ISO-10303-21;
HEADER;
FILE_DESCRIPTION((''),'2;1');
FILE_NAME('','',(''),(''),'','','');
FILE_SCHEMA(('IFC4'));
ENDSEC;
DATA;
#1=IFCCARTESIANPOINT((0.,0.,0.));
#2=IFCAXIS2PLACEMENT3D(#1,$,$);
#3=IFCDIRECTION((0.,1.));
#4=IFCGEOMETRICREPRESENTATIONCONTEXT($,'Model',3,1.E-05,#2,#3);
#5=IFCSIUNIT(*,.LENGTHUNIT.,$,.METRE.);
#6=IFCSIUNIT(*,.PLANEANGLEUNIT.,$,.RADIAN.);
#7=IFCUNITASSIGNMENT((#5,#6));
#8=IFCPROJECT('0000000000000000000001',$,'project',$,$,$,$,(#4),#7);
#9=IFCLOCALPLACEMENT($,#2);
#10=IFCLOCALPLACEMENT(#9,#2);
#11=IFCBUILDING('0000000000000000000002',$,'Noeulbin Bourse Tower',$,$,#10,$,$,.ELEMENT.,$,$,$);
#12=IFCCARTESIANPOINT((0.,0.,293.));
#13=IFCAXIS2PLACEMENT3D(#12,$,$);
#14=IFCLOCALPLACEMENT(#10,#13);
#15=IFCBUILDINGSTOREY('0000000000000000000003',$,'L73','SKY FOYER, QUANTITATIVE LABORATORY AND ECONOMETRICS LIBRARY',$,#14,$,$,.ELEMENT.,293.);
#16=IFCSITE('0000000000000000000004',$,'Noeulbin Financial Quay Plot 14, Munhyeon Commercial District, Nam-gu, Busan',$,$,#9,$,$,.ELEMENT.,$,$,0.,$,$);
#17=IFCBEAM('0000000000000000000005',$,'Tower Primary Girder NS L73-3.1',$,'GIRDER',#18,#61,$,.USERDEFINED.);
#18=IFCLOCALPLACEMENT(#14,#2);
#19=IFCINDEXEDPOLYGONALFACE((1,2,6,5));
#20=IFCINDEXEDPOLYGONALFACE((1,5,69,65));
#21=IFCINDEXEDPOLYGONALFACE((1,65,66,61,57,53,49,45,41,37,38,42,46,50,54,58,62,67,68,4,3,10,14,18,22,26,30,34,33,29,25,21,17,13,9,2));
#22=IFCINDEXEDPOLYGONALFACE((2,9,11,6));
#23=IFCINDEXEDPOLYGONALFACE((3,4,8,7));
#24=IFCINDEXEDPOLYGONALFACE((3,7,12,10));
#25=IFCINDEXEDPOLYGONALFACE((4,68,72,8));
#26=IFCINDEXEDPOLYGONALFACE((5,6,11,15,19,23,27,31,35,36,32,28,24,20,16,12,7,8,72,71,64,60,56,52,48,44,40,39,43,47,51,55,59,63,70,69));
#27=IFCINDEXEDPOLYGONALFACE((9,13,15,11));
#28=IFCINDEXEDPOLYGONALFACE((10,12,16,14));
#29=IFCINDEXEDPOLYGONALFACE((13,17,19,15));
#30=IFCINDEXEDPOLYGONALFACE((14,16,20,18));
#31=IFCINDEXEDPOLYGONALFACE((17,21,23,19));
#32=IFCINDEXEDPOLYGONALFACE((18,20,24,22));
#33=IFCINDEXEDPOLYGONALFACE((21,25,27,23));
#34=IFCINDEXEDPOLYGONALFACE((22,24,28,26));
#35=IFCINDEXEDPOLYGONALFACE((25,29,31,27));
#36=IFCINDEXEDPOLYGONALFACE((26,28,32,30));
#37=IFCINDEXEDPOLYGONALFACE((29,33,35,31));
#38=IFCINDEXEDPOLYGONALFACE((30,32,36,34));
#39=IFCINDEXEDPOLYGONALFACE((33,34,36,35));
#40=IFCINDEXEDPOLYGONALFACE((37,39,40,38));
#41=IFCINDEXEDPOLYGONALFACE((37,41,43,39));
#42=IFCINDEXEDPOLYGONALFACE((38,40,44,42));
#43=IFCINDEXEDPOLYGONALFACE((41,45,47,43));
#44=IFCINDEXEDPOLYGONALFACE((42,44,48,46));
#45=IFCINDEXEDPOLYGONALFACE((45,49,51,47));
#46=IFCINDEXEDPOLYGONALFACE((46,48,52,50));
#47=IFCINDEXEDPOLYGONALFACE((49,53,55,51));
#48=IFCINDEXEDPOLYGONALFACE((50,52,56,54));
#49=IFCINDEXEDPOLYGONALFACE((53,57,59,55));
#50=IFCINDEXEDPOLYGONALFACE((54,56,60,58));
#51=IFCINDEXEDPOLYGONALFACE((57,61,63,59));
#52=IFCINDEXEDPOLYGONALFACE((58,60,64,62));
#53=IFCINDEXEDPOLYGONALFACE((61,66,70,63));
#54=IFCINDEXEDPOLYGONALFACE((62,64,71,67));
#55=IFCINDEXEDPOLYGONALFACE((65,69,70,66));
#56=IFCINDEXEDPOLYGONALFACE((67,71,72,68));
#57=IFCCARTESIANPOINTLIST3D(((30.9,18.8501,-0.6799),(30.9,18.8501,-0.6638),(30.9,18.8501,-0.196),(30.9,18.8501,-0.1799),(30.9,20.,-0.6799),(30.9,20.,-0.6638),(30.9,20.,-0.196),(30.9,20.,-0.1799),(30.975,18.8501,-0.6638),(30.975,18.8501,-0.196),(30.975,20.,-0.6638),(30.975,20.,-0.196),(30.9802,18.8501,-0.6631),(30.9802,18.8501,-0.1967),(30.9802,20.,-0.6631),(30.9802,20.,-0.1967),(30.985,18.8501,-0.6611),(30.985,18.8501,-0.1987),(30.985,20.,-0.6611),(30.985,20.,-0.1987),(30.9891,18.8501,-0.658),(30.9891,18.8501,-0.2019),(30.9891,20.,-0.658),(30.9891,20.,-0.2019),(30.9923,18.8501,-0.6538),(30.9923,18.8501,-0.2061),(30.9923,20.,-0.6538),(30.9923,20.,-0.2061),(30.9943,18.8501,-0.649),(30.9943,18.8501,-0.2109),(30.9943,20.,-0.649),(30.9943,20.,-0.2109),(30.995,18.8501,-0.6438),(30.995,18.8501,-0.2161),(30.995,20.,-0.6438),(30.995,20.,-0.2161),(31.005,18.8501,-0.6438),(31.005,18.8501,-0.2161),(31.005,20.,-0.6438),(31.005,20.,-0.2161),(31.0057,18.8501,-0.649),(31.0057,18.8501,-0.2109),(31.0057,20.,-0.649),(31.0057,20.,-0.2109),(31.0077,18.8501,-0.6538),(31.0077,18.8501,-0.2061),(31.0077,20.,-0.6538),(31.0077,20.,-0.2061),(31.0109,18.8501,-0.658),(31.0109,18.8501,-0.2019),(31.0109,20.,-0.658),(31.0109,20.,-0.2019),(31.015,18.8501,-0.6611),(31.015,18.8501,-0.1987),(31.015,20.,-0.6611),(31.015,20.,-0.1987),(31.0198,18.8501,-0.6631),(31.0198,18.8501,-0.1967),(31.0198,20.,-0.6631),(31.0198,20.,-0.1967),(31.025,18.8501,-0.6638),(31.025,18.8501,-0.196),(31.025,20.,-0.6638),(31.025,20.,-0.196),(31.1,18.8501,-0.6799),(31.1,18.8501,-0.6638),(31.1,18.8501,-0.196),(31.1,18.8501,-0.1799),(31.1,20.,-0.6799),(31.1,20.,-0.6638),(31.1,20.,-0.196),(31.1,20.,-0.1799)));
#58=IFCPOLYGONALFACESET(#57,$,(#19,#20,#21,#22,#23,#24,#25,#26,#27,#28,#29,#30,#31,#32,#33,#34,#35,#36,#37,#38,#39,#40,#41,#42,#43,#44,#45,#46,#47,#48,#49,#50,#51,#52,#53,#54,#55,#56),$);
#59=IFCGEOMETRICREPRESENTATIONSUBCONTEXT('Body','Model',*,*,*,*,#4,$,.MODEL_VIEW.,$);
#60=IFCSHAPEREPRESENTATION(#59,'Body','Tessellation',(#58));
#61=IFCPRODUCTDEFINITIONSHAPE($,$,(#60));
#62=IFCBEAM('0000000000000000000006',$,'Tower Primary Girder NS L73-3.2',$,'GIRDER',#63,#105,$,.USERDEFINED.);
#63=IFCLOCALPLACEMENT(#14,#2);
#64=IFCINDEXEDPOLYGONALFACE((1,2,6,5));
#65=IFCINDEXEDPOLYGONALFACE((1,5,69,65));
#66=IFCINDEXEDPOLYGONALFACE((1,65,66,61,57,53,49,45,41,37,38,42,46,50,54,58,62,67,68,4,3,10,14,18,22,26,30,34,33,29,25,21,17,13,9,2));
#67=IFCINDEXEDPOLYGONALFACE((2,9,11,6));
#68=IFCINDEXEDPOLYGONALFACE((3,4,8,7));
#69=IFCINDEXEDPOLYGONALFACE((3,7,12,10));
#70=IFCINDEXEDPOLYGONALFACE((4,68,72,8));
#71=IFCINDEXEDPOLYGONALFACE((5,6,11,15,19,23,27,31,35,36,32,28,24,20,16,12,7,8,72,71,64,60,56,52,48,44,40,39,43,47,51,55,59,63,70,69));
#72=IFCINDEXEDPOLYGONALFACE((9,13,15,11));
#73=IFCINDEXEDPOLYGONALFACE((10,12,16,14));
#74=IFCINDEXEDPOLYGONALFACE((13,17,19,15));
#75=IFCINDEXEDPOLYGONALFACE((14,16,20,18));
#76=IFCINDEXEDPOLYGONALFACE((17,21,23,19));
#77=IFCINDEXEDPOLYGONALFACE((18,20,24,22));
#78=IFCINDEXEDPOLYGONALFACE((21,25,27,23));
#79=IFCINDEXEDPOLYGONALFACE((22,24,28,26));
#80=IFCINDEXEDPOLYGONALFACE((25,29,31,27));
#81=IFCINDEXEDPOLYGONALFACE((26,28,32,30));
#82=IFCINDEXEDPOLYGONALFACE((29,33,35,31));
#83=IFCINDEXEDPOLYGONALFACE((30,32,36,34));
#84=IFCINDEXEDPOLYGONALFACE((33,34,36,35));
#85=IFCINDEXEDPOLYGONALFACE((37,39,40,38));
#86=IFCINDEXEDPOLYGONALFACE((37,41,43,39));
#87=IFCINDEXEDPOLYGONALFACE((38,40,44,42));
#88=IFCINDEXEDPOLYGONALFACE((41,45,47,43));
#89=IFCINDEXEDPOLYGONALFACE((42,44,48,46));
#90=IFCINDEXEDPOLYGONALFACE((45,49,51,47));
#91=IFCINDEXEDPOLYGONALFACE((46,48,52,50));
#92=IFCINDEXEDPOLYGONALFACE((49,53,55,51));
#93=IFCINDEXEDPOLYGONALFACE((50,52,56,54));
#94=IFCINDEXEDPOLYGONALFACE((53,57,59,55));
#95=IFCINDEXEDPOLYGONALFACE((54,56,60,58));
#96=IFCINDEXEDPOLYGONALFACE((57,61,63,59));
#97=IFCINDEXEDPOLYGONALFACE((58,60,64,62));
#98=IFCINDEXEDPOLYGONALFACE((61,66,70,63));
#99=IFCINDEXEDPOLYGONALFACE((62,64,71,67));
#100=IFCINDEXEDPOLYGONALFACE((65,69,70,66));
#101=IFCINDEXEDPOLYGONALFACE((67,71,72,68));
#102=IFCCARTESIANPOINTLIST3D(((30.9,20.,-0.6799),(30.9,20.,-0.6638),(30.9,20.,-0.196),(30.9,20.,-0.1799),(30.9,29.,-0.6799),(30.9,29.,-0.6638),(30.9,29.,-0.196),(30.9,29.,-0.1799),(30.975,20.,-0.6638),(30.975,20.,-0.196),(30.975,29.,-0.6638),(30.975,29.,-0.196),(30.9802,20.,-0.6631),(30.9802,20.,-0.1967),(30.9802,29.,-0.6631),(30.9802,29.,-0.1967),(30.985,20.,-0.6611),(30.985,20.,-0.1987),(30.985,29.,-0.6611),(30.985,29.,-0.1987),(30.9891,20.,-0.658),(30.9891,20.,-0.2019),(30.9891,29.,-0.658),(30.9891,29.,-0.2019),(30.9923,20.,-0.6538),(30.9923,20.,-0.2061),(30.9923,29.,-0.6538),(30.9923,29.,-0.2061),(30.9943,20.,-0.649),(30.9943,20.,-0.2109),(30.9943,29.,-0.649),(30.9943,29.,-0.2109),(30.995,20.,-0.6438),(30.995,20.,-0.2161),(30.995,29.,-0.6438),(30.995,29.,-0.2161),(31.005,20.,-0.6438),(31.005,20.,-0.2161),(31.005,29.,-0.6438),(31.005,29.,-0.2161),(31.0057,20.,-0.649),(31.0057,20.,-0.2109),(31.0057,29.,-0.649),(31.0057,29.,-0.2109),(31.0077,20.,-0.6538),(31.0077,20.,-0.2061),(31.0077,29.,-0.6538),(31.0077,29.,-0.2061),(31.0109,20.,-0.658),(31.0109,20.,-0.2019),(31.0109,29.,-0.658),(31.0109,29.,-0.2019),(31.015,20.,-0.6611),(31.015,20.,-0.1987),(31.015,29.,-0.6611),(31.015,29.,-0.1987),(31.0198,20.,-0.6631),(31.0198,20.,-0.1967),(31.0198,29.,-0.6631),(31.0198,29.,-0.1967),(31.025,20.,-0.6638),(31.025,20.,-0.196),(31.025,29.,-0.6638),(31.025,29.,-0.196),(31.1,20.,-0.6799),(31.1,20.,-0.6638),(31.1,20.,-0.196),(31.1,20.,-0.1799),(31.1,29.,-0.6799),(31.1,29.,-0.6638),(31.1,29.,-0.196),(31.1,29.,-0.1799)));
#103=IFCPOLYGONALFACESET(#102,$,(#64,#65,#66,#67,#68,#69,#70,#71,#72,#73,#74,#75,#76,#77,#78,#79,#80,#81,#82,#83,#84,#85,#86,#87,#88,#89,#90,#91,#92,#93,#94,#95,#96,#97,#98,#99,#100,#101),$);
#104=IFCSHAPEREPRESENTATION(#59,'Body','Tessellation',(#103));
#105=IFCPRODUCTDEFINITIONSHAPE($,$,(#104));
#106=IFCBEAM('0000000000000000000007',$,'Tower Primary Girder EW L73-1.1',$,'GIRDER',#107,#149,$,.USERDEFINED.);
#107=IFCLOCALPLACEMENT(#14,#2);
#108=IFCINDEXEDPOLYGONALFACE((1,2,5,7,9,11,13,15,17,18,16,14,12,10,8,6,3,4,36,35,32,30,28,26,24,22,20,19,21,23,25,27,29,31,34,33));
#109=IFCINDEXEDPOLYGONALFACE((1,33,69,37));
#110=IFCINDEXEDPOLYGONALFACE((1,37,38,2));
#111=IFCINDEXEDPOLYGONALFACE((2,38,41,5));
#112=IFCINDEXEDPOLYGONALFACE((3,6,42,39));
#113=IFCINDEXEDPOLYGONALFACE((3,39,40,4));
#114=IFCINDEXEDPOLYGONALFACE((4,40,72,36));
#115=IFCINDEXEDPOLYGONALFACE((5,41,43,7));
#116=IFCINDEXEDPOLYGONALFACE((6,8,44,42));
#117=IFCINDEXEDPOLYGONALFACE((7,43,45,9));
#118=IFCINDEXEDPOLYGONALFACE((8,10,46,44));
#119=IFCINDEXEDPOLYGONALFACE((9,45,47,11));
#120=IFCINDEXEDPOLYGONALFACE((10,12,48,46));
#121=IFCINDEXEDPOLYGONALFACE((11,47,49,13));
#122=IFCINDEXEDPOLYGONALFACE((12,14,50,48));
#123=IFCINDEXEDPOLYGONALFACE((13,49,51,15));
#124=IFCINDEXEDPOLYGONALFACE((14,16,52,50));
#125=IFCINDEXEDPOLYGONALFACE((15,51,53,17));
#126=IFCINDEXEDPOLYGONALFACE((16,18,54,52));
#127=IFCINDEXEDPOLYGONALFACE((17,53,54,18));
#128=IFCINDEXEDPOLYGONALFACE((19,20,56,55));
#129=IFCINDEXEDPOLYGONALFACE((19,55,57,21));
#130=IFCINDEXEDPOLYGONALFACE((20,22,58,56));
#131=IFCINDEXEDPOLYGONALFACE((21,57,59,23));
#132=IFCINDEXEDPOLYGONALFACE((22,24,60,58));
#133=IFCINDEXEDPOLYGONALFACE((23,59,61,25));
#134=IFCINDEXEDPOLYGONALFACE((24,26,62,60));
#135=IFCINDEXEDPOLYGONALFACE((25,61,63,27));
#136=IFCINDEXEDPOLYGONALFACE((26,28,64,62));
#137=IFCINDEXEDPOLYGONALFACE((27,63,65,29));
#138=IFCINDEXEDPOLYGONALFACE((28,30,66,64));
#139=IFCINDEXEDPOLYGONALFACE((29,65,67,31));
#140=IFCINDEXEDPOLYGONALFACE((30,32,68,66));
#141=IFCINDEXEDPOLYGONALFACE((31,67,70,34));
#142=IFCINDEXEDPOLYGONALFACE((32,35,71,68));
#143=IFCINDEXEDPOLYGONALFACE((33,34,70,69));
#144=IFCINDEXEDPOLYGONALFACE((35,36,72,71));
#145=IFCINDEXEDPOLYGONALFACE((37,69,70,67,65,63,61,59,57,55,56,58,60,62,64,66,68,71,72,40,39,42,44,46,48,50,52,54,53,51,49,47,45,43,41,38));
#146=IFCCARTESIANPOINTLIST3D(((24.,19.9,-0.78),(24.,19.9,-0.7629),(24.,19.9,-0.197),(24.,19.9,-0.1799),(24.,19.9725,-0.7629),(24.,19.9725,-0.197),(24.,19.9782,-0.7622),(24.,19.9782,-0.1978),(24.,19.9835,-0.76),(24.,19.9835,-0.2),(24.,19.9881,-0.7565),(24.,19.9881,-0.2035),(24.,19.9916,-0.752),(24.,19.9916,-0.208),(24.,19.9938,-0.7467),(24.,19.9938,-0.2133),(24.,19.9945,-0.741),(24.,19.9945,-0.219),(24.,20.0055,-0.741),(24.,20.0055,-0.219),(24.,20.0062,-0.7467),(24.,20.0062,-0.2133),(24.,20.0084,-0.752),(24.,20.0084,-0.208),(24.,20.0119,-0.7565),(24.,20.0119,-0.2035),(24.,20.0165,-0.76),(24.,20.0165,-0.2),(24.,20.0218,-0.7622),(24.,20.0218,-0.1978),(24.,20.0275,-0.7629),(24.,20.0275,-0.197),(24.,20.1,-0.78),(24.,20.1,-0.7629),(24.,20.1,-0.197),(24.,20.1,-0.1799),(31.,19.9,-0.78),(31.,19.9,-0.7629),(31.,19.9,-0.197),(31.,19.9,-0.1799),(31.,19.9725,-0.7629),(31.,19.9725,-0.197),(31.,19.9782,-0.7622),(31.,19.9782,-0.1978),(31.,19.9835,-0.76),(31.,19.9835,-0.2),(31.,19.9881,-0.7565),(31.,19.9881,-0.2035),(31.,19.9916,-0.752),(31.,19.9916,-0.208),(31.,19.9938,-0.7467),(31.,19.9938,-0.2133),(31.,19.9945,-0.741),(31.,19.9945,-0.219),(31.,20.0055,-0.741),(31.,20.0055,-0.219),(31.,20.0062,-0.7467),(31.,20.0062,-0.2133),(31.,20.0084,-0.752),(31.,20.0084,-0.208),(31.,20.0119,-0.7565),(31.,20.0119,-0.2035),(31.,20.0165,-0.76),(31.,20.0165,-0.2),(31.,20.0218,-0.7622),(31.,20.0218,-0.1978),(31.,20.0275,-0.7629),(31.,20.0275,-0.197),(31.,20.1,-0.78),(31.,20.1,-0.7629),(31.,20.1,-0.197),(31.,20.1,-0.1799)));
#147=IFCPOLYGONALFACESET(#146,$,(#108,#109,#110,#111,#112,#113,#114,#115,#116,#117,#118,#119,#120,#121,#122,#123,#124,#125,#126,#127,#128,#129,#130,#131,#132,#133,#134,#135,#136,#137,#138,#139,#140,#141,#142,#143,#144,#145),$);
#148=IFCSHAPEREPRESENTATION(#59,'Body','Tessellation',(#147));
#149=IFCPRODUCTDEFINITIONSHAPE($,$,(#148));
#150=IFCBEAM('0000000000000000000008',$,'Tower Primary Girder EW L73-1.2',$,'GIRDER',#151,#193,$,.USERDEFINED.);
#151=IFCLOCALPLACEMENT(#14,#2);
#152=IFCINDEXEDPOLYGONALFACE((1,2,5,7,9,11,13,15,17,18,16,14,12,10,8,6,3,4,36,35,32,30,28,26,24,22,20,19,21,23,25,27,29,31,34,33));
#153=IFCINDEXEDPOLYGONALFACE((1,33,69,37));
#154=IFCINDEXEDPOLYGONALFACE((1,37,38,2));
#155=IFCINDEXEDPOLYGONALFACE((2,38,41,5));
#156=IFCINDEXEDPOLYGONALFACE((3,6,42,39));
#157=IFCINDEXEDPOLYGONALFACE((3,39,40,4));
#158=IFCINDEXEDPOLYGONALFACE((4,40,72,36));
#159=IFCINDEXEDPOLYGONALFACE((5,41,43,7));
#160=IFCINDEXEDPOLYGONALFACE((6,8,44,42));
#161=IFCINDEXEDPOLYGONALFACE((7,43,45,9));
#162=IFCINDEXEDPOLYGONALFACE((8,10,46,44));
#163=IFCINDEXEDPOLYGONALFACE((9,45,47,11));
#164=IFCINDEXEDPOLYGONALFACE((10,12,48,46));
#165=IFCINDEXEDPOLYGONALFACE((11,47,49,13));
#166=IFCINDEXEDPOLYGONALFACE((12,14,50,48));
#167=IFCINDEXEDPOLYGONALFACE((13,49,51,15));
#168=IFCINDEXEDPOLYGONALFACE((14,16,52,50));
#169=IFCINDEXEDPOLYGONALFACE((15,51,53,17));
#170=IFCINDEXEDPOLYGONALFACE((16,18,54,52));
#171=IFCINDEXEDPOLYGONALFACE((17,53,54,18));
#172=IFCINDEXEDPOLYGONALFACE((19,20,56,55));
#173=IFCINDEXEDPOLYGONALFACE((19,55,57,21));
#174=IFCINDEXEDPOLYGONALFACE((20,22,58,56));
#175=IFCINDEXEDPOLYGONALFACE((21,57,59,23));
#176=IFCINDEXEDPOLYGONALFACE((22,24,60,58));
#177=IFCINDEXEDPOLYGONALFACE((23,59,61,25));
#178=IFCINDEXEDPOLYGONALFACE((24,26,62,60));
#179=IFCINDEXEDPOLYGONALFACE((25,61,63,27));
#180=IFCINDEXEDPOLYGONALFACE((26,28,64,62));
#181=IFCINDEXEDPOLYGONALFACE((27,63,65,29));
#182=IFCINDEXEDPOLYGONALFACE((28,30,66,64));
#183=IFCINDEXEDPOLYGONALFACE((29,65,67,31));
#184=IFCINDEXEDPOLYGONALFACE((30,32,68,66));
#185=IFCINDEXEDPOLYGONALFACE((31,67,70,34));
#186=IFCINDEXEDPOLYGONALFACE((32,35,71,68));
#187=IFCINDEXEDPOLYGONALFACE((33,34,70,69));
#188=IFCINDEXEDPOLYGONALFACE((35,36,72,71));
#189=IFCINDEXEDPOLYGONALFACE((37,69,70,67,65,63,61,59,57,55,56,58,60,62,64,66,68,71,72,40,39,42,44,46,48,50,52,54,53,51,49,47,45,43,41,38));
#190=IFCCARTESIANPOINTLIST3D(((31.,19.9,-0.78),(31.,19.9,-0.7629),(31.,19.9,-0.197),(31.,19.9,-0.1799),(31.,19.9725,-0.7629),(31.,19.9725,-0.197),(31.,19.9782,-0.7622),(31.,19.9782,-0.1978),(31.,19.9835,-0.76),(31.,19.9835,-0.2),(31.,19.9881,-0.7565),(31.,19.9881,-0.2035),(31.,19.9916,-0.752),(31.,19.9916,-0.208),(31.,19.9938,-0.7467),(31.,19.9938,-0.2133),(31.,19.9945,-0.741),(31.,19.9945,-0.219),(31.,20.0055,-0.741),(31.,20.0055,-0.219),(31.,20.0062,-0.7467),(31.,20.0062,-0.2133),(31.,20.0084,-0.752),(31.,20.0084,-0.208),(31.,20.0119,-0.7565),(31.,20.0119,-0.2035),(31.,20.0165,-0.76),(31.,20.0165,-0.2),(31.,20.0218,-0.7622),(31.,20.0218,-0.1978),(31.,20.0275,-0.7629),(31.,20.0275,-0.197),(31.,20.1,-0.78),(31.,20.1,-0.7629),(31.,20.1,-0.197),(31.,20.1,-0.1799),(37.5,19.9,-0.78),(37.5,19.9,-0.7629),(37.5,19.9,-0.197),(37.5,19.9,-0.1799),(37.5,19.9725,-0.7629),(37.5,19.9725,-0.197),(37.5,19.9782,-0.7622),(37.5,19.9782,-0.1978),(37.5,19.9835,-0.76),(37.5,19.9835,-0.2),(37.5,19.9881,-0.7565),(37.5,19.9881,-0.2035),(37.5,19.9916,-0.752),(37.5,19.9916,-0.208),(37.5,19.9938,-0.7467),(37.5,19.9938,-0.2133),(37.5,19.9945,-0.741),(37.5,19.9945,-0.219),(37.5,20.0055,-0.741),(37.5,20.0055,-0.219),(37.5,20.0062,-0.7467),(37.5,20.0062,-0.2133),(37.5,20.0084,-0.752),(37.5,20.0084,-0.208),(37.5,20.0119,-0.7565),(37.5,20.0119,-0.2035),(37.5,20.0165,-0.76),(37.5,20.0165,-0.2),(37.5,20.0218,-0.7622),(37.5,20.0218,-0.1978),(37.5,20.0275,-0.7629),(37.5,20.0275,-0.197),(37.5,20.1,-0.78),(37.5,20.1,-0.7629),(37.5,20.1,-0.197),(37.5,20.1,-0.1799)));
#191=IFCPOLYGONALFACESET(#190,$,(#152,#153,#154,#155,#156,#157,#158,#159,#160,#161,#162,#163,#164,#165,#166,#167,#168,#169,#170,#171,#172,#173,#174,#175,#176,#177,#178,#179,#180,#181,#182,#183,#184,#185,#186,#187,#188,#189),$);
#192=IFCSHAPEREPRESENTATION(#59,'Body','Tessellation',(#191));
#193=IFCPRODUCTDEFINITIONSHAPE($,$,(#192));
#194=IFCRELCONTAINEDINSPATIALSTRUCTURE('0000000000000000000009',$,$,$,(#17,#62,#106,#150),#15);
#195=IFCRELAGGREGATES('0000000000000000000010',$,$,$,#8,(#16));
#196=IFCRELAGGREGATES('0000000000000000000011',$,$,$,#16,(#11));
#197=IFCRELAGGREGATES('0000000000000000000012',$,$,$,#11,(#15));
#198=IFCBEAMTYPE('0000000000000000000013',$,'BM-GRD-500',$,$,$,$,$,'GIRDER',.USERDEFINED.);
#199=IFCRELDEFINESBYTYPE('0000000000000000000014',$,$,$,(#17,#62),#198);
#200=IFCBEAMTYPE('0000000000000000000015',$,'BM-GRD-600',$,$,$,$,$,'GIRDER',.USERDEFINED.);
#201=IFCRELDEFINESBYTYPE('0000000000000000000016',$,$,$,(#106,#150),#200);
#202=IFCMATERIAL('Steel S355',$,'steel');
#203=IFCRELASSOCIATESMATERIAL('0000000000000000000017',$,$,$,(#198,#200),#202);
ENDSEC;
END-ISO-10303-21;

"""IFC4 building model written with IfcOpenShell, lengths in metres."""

from ifc_helpers import new_model, si_unit, direction, frame, origin, origin_2d, place, context, subcontext, project, spatial, i_section, extrude, material, material_profile, profile_set, type_object, element, save


model = new_model("IFC4")

# Units and contexts
model_context = context("Model", 3, precision=1e-05, world=origin(), true_north=direction((0.0, 1.0)))
body_context = subcontext(model_context, "Body", "Model", "MODEL_VIEW")
ifc_project = project(units=[si_unit("LENGTHUNIT", "METRE"), si_unit("PLANEANGLEUNIT", "RADIAN")], contexts=[model_context])

# Site, building, storey
site_placement = place(None, origin())
site = spatial("IfcSite", under=ifc_project, at=site_placement, Name="Noeulbin Financial Quay Plot 14, Munhyeon Commercial District, Nam-gu, Busan", CompositionType="ELEMENT", RefElevation=0.0)
building_placement = place(site_placement, origin())
building = spatial("IfcBuilding", under=site, at=building_placement, Name="Noeulbin Bourse Tower", CompositionType="ELEMENT")
storey_placement = place(building_placement, frame((0.0, 0.0, 293.0)))
storey = spatial("IfcBuildingStorey", under=building, at=storey_placement, Name="L73", Description="SKY FOYER, QUANTITATIVE LABORATORY AND ECONOMETRICS LIBRARY", CompositionType="ELEMENT", Elevation=293.0)

# Shared definitions
ifc_material_1 = material(Name="Steel S355", Category="steel")

# Beams
ifc_material_profile_1 = material_profile(ifc_material_1, i_section(OverallWidth=0.2, OverallDepth=0.5, WebThickness=0.01, FlangeThickness=0.0161, FilletRadius=0.02, at=origin_2d()), Name="H-500x200x10x16", Category="LoadBearing")
ifc_profile_set_1 = profile_set([ifc_material_profile_1], Name="Steel S355")
beam_type_1 = type_object("IfcBeamType", Name="BM-GRD-500", ElementType="GIRDER", PredefinedType="USERDEFINED", material=ifc_profile_set_1)
beam_1_placement = place(storey_placement, frame((31.0, 18.8501, -0.4299), z_axis=(0.0, 1.0, 0.0), x_axis=(-1.0, 0.0, 0.0)))
element("IfcBeam", 1, at=beam_1_placement, inside=storey, type_object=beam_type_1, Name="Tower Primary Girder NS L73-3.1", ObjectType="GIRDER", PredefinedType="USERDEFINED", context=body_context, shape_type="SweptSolid", body=[
    extrude(i_section(OverallWidth=0.2, OverallDepth=0.5, WebThickness=0.01, FlangeThickness=0.0161, FilletRadius=0.02, at=origin_2d()), origin(), (0.0, 0.0, 1.0), 1.1499),
])
beam_2_placement = place(storey_placement, frame((31.0, 20.0, -0.4299), z_axis=(0.0, 1.0, 0.0), x_axis=(-1.0, 0.0, 0.0)))
element("IfcBeam", 2, at=beam_2_placement, inside=storey, type_object=beam_type_1, Name="Tower Primary Girder NS L73-3.2", ObjectType="GIRDER", PredefinedType="USERDEFINED", context=body_context, shape_type="SweptSolid", body=[
    extrude(i_section(OverallWidth=0.2, OverallDepth=0.5, WebThickness=0.01, FlangeThickness=0.0161, FilletRadius=0.02, at=origin_2d()), origin(), (0.0, 0.0, 1.0), 9.0),
])
ifc_material_profile_2 = material_profile(ifc_material_1, i_section(OverallWidth=0.2, OverallDepth=0.6001, WebThickness=0.011, FlangeThickness=0.0171, FilletRadius=0.022, at=origin_2d()), Name="H-600x200x11x17", Category="LoadBearing")
ifc_profile_set_2 = profile_set([ifc_material_profile_2], Name="Steel S355")
beam_type_2 = type_object("IfcBeamType", Name="BM-GRD-600", ElementType="GIRDER", PredefinedType="USERDEFINED", material=ifc_profile_set_2)
beam_3_placement = place(storey_placement, frame((24.0, 20.0, -0.48), z_axis=(1.0, 0.0, 0.0), x_axis=(0.0, 1.0, 0.0)))
element("IfcBeam", 3, at=beam_3_placement, inside=storey, type_object=beam_type_2, Name="Tower Primary Girder EW L73-1.1", ObjectType="GIRDER", PredefinedType="USERDEFINED", context=body_context, shape_type="SweptSolid", body=[
    extrude(i_section(OverallWidth=0.2, OverallDepth=0.6001, WebThickness=0.011, FlangeThickness=0.0171, FilletRadius=0.022, at=origin_2d()), origin(), (0.0, 0.0, 1.0), 7.0),
])
beam_4_placement = place(storey_placement, frame((31.0, 20.0, -0.48), z_axis=(1.0, 0.0, 0.0), x_axis=(0.0, 1.0, 0.0)))
element("IfcBeam", 4, at=beam_4_placement, inside=storey, type_object=beam_type_2, Name="Tower Primary Girder EW L73-1.2", ObjectType="GIRDER", PredefinedType="USERDEFINED", context=body_context, shape_type="SweptSolid", body=[
    extrude(i_section(OverallWidth=0.2, OverallDepth=0.6001, WebThickness=0.011, FlangeThickness=0.0171, FilletRadius=0.022, at=origin_2d()), origin(), (0.0, 0.0, 1.0), 6.5),
])

save(model, "model.ifc")
